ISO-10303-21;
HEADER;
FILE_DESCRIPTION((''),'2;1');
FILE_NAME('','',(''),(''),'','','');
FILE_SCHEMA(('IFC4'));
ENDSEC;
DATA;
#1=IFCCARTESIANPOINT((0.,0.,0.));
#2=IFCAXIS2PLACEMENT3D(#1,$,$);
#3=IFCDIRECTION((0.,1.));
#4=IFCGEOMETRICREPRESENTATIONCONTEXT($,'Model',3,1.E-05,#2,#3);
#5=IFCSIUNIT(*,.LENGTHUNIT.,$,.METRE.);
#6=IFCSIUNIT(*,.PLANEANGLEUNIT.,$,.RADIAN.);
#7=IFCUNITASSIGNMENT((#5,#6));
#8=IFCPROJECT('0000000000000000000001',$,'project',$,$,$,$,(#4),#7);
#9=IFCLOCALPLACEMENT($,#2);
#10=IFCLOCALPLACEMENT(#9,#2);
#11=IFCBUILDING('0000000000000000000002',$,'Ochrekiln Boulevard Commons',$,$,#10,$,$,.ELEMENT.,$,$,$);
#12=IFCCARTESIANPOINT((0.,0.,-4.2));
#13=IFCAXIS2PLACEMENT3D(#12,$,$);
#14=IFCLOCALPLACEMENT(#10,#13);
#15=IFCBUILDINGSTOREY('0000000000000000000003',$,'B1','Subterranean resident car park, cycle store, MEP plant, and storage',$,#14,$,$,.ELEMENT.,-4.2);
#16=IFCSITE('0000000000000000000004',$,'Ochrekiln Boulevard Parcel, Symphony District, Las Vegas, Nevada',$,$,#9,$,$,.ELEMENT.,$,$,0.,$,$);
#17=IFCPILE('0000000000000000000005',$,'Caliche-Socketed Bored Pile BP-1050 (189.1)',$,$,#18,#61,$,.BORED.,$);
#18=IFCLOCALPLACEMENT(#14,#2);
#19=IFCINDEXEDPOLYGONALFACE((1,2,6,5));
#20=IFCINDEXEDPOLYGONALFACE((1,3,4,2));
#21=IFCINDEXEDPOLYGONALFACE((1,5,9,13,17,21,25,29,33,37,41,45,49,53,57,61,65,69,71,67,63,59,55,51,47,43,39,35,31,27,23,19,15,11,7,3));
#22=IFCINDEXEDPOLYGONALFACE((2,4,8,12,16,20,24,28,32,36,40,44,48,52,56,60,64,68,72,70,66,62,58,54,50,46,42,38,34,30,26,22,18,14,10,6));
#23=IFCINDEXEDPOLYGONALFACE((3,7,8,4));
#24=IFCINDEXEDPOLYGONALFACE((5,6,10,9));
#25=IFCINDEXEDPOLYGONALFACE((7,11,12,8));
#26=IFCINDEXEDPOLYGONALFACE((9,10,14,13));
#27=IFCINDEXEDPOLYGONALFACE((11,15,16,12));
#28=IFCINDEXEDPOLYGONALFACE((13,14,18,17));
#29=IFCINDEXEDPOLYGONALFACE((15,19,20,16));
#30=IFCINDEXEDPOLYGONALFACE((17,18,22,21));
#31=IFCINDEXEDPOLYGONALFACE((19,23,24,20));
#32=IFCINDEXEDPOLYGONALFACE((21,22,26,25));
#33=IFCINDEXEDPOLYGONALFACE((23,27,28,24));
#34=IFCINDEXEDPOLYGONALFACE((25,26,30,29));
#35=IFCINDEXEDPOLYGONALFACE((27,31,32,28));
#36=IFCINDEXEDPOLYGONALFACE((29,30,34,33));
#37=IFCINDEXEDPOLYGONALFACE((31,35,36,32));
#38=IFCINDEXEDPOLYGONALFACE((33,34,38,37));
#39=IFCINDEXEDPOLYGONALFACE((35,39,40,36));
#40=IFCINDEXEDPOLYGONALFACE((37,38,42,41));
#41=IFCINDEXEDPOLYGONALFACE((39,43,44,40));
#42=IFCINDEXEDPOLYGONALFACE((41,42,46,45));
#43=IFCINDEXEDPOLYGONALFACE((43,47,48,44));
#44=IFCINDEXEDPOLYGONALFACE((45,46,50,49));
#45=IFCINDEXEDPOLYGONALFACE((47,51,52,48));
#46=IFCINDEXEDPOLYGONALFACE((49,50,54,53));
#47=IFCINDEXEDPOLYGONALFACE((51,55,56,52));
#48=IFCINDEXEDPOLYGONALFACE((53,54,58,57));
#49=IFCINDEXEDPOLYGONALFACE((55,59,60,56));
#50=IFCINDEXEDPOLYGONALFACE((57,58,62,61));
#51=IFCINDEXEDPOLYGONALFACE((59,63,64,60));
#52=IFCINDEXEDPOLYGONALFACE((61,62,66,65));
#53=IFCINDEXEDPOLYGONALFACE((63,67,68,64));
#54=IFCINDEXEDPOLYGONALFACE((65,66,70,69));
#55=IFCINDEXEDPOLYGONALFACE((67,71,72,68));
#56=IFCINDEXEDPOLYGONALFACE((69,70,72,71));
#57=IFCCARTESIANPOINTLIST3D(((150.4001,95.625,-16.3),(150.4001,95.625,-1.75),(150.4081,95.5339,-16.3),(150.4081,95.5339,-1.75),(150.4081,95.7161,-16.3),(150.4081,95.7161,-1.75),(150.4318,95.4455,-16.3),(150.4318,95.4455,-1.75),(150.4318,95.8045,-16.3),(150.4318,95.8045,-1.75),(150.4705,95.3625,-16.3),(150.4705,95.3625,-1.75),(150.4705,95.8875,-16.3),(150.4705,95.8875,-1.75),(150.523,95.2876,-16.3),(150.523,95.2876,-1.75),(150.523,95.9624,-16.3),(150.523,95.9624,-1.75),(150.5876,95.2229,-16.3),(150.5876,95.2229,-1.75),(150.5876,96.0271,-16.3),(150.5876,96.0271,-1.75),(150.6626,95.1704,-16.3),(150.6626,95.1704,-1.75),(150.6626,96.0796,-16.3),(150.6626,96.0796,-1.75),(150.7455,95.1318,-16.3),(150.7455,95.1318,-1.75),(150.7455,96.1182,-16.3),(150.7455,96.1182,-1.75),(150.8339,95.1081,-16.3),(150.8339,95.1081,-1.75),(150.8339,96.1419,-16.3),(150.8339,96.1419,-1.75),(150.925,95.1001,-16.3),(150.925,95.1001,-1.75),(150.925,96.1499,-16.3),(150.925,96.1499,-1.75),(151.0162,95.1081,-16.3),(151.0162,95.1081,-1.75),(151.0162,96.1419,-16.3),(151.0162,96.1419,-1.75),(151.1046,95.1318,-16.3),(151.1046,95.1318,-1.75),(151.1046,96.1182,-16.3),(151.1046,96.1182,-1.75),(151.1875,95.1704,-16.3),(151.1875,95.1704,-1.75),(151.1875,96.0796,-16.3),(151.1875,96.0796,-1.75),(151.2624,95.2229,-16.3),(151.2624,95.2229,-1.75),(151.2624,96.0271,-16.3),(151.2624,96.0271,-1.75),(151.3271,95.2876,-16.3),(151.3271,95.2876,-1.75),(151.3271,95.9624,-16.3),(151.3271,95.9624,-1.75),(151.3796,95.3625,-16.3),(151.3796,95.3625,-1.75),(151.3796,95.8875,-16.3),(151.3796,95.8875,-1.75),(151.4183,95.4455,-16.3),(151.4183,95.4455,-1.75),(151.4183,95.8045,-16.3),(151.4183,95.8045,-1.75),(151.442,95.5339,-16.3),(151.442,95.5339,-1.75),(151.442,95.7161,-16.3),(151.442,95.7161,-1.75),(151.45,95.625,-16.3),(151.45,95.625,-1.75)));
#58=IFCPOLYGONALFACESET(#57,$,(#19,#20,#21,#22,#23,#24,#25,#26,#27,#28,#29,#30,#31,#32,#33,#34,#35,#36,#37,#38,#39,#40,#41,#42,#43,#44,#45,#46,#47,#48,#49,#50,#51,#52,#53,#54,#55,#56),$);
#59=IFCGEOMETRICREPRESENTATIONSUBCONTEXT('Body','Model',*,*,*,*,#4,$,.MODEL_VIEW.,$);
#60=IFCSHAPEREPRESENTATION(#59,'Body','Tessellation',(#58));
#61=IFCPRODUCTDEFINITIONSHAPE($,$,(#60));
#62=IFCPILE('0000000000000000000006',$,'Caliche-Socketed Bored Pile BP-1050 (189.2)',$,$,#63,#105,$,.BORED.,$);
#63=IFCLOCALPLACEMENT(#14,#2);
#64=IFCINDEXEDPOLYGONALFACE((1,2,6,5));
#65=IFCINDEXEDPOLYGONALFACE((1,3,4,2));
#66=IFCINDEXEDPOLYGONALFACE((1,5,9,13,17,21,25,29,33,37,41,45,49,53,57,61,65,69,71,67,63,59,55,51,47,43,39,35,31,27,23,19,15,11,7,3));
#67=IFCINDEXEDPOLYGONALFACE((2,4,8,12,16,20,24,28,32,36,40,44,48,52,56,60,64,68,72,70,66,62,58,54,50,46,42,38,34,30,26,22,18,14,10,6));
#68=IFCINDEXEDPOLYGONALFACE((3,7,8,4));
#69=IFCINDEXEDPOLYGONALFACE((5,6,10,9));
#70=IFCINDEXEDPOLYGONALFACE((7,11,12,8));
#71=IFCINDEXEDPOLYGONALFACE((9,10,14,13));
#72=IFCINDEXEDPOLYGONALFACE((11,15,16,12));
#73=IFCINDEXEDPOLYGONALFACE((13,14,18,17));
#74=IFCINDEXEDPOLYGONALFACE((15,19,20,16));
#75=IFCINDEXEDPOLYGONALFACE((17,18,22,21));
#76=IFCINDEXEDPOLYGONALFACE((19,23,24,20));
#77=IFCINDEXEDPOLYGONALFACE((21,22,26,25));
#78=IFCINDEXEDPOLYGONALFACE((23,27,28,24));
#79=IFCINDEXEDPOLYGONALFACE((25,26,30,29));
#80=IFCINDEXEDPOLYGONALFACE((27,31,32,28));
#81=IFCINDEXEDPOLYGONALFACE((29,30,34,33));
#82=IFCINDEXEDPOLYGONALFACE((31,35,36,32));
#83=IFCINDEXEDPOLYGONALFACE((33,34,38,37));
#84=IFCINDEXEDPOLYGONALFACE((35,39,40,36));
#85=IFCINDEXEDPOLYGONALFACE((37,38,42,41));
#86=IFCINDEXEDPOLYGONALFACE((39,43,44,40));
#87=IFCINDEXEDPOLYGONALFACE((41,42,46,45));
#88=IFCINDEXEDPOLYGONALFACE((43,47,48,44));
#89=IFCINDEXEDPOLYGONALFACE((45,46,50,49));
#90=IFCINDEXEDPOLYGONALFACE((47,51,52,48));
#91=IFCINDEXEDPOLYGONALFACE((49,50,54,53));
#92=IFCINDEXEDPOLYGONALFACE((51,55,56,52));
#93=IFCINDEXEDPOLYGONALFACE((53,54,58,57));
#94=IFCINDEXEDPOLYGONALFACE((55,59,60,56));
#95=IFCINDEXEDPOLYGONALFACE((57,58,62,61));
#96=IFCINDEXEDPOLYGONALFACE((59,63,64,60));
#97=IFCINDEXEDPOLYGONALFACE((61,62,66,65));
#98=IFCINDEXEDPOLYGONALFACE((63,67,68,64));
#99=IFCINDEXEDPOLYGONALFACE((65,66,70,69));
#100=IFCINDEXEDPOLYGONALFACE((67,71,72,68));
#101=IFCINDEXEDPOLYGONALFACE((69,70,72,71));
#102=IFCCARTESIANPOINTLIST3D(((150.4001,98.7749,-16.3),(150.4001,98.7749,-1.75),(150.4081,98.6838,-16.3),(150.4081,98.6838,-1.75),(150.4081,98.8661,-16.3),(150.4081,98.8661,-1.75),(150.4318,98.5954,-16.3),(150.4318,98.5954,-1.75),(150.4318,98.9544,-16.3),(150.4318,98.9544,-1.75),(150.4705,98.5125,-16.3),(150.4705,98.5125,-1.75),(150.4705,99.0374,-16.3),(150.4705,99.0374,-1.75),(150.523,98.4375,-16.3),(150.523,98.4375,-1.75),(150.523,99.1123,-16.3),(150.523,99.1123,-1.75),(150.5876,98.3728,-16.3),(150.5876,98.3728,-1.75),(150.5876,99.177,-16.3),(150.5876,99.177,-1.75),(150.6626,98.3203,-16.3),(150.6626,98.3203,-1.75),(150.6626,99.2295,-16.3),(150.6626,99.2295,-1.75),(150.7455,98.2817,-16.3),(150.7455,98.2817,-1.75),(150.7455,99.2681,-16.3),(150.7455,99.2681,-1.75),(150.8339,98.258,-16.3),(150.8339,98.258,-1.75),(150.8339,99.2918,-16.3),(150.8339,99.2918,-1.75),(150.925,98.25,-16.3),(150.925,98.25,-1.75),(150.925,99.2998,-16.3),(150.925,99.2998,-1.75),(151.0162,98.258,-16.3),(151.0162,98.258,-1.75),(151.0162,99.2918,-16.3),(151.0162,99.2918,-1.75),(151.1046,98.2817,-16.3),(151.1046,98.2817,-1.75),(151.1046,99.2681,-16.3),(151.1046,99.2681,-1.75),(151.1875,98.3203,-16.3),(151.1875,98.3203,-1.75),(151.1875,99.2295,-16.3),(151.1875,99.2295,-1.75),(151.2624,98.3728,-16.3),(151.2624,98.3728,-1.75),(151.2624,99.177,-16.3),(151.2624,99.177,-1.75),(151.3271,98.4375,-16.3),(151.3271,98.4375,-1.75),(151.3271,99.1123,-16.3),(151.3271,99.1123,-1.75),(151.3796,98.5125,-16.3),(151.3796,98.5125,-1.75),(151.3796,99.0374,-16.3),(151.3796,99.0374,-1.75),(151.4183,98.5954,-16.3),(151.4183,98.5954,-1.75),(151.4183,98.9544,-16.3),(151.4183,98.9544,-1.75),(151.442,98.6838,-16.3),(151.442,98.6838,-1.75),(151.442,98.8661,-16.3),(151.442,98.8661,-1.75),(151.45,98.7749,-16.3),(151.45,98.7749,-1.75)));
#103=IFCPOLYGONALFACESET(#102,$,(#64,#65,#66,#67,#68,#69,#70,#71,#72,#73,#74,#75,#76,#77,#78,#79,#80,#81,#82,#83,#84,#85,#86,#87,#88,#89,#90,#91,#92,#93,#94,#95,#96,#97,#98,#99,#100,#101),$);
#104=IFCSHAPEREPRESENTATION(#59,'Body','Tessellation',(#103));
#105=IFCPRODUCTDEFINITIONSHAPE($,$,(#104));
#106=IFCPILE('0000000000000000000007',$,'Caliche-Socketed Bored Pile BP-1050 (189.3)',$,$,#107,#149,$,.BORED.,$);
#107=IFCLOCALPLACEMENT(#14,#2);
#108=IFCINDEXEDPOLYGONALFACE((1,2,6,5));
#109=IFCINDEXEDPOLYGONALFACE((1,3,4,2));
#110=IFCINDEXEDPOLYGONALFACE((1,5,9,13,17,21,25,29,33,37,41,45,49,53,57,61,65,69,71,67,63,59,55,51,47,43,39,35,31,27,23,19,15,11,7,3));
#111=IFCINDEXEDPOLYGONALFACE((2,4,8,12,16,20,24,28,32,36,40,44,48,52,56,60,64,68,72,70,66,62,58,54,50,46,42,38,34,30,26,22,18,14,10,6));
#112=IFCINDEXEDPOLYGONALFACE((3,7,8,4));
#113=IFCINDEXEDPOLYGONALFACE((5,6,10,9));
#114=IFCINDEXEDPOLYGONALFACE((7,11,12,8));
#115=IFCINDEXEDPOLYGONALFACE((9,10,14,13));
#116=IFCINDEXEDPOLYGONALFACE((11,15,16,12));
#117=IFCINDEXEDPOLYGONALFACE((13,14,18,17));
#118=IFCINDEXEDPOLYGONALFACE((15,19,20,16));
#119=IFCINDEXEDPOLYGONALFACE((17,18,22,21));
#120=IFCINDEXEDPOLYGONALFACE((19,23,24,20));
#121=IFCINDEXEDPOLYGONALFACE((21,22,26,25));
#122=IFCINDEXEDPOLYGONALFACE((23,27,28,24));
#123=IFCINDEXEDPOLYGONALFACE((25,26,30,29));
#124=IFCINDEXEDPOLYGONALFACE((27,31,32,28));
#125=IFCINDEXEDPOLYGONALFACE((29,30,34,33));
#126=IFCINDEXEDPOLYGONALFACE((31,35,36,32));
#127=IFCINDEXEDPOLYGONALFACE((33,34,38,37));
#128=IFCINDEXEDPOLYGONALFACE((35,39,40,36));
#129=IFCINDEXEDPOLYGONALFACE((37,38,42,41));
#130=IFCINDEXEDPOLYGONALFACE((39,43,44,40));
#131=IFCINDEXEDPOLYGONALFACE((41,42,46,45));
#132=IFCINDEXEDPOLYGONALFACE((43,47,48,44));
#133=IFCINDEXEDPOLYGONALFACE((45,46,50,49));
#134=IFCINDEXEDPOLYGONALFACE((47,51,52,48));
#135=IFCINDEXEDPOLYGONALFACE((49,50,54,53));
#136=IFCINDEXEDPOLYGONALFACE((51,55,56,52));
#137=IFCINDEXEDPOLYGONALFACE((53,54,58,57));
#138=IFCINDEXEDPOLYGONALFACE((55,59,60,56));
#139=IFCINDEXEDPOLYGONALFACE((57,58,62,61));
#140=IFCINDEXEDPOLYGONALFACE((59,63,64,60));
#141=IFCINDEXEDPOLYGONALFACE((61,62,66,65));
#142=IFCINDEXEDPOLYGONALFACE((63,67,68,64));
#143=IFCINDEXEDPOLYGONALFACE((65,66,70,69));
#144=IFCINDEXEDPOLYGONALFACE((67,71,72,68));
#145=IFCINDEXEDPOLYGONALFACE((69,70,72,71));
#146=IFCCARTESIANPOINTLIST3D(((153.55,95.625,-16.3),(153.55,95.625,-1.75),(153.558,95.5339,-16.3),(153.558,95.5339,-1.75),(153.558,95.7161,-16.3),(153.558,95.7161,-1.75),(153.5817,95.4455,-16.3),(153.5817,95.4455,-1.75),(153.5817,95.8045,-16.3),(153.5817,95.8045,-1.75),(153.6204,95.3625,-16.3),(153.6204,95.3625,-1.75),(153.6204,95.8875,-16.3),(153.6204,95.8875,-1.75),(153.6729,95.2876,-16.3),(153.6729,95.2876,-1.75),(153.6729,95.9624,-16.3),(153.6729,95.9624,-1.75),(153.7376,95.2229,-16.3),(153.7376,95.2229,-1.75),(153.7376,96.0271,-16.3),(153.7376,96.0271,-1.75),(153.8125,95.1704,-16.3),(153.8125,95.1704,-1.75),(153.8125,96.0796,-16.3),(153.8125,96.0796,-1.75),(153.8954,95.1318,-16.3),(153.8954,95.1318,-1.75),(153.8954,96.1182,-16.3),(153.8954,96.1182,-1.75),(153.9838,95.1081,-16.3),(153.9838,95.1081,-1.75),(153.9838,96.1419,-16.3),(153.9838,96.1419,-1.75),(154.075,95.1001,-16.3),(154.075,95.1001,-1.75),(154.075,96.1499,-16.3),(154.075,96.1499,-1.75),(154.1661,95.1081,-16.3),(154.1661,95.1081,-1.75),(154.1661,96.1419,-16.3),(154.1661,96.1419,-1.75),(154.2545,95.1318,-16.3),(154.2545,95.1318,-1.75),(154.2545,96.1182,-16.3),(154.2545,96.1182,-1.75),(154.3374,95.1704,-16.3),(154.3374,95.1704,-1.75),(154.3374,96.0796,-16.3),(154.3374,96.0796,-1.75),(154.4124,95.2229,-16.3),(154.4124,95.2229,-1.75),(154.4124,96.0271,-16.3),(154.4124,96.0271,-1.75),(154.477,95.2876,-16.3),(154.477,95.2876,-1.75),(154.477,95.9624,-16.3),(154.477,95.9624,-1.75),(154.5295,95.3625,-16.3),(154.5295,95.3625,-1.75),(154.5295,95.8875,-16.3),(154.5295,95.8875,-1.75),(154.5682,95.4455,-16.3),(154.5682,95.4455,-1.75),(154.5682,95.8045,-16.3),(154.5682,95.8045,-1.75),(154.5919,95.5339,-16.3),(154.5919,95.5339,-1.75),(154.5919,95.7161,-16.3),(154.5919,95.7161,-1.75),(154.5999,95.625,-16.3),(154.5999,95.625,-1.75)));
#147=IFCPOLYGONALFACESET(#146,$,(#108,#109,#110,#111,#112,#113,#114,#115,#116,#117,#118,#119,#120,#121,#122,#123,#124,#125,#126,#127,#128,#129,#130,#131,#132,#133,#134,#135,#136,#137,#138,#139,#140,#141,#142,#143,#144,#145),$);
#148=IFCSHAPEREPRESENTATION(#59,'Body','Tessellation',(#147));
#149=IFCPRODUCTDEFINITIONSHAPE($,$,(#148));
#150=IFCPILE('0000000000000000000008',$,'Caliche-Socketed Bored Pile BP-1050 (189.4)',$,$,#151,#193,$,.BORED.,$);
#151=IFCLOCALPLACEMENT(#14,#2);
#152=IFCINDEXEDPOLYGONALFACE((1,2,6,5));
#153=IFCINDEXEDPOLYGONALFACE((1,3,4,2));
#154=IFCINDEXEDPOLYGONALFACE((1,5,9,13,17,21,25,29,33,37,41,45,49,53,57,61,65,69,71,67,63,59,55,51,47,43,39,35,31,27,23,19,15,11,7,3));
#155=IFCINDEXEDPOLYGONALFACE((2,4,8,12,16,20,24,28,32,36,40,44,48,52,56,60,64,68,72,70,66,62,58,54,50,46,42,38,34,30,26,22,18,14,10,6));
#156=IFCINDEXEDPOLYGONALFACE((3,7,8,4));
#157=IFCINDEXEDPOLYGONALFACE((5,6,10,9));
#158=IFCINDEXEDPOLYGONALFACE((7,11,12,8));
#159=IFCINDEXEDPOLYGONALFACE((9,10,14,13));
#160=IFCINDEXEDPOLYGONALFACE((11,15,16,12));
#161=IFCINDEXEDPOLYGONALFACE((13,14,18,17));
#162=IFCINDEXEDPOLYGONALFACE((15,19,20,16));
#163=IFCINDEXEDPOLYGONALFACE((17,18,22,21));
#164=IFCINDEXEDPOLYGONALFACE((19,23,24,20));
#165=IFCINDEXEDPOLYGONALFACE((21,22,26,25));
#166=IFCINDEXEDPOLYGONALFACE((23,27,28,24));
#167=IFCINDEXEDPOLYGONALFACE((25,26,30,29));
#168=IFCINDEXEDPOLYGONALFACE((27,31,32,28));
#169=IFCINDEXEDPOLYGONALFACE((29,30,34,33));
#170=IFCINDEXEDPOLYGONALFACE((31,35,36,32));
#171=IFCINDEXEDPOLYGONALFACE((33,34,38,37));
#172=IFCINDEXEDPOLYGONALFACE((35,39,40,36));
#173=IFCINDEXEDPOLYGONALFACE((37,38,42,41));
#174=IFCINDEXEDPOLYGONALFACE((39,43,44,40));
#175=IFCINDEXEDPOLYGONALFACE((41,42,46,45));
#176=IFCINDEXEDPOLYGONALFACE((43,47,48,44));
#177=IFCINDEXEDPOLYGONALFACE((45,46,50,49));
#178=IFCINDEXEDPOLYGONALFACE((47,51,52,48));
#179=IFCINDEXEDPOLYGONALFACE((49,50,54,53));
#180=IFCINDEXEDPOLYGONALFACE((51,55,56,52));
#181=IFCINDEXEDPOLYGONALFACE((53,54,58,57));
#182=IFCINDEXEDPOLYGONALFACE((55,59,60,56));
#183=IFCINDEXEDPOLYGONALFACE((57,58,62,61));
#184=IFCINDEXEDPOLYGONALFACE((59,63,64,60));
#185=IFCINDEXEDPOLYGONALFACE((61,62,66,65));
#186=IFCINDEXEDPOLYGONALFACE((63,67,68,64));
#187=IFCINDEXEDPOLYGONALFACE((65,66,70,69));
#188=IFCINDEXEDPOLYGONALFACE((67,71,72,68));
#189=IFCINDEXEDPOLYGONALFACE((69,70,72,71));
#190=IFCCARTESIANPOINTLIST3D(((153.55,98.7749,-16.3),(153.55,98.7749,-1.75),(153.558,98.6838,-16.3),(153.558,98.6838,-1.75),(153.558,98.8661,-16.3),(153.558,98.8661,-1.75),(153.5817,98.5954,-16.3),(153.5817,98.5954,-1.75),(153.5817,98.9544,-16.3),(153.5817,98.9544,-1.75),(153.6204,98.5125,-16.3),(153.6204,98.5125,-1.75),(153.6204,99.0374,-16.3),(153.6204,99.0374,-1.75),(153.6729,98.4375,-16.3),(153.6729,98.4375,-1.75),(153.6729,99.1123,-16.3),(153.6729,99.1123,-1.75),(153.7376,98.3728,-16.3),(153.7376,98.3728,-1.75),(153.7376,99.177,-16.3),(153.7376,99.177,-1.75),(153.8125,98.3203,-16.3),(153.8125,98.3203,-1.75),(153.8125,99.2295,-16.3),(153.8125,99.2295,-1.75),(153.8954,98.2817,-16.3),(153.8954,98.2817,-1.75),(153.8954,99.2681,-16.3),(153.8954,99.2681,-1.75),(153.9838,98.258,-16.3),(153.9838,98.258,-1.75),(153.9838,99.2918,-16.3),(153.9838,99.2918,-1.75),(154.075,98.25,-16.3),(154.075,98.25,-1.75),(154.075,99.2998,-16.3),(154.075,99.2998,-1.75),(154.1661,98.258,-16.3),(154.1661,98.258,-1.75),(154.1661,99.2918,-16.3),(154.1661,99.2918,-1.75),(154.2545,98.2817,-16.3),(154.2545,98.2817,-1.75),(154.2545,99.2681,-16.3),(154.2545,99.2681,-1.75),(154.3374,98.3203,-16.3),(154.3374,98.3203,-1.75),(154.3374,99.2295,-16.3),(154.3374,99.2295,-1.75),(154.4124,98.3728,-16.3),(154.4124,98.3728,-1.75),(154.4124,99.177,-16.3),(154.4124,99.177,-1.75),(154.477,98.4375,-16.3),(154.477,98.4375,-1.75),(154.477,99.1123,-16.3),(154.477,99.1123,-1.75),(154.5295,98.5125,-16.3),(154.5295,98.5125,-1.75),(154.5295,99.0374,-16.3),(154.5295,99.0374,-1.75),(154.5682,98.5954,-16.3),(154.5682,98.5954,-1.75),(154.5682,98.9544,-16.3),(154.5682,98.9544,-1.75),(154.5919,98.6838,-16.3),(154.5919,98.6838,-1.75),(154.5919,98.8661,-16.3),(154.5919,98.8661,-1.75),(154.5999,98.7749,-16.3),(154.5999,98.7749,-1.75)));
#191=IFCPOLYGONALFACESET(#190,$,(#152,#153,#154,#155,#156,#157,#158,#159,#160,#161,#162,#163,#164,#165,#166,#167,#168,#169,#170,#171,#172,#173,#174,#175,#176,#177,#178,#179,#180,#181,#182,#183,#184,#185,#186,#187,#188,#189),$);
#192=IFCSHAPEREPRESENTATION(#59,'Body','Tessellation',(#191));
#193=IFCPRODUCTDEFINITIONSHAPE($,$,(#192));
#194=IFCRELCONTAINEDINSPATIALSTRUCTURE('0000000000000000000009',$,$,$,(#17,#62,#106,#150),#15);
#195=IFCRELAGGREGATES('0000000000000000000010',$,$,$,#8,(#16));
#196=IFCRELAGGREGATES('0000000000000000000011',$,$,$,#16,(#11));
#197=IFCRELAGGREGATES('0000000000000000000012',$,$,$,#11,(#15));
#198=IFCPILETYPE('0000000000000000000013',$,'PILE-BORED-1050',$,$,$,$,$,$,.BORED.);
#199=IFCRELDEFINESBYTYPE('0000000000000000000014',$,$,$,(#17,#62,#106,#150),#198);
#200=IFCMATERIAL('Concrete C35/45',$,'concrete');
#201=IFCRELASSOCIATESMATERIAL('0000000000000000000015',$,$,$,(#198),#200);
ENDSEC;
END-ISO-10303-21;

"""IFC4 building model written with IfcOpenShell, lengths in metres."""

from ifc_helpers import new_model, si_unit, direction, frame, origin, origin_2d, place, context, subcontext, project, spatial, circle, extrude, material, material_profile, profile_set, type_object, element, save


model = new_model("IFC4")

# Units and contexts
model_context = context("Model", 3, precision=1e-05, world=origin(), true_north=direction((0.0, 1.0)))
body_context = subcontext(model_context, "Body", "Model", "MODEL_VIEW")
ifc_project = project(units=[si_unit("LENGTHUNIT", "METRE"), si_unit("PLANEANGLEUNIT", "RADIAN")], contexts=[model_context])

# Site, building, storey
site_placement = place(None, origin())
site = spatial("IfcSite", under=ifc_project, at=site_placement, Name="Ochrekiln Boulevard Parcel, Symphony District, Las Vegas, Nevada", CompositionType="ELEMENT", RefElevation=0.0)
building_placement = place(site_placement, origin())
building = spatial("IfcBuilding", under=site, at=building_placement, Name="Ochrekiln Boulevard Commons", CompositionType="ELEMENT")
storey_placement = place(building_placement, frame((0.0, 0.0, -4.2)))
storey = spatial("IfcBuildingStorey", under=building, at=storey_placement, Name="B1", Description="Subterranean resident car park, cycle store, MEP plant, and storage", CompositionType="ELEMENT", Elevation=-4.2)

# Shared definitions
ifc_material_1 = material(Name="Concrete C35/45", Category="concrete")

# Piles
ifc_material_profile_1 = material_profile(ifc_material_1, circle(Radius=0.5249, at=origin_2d()), Name="PILE-D1050")
ifc_profile_set_1 = profile_set([ifc_material_profile_1], Name="Concrete C35/45")
pile_type = type_object("IfcPileType", Name="PILE-BORED-1050", PredefinedType="BORED", material=ifc_profile_set_1)
for number, where, z_axis, x_axis, name in (
    (1, (150.925, 95.625, -1.75), (0.0, 0.0, -1.0), (1.0, 0.0, 0.0), "Caliche-Socketed Bored Pile BP-1050 (189.1)"),
    (2, (150.925, 98.7749, -1.75), (0.0, 0.0, -1.0), (1.0, 0.0, 0.0), "Caliche-Socketed Bored Pile BP-1050 (189.2)"),
    (3, (154.075, 95.625, -1.75), (0.0, 0.0, -1.0), (1.0, 0.0, 0.0), "Caliche-Socketed Bored Pile BP-1050 (189.3)"),
    (4, (154.075, 98.7749, -1.75), (0.0, 0.0, -1.0), (1.0, 0.0, 0.0), "Caliche-Socketed Bored Pile BP-1050 (189.4)"),
):
    element("IfcPile", number, at=place(storey_placement, frame(where, z_axis=z_axis, x_axis=x_axis)), inside=storey, type_object=pile_type, Name=name, PredefinedType="BORED", context=body_context, shape_type="SweptSolid", body=[
        extrude(circle(Radius=0.5249, at=origin_2d()), origin(), (0.0, 0.0, 1.0), 14.55),
    ])

save(model, "model.ifc")
